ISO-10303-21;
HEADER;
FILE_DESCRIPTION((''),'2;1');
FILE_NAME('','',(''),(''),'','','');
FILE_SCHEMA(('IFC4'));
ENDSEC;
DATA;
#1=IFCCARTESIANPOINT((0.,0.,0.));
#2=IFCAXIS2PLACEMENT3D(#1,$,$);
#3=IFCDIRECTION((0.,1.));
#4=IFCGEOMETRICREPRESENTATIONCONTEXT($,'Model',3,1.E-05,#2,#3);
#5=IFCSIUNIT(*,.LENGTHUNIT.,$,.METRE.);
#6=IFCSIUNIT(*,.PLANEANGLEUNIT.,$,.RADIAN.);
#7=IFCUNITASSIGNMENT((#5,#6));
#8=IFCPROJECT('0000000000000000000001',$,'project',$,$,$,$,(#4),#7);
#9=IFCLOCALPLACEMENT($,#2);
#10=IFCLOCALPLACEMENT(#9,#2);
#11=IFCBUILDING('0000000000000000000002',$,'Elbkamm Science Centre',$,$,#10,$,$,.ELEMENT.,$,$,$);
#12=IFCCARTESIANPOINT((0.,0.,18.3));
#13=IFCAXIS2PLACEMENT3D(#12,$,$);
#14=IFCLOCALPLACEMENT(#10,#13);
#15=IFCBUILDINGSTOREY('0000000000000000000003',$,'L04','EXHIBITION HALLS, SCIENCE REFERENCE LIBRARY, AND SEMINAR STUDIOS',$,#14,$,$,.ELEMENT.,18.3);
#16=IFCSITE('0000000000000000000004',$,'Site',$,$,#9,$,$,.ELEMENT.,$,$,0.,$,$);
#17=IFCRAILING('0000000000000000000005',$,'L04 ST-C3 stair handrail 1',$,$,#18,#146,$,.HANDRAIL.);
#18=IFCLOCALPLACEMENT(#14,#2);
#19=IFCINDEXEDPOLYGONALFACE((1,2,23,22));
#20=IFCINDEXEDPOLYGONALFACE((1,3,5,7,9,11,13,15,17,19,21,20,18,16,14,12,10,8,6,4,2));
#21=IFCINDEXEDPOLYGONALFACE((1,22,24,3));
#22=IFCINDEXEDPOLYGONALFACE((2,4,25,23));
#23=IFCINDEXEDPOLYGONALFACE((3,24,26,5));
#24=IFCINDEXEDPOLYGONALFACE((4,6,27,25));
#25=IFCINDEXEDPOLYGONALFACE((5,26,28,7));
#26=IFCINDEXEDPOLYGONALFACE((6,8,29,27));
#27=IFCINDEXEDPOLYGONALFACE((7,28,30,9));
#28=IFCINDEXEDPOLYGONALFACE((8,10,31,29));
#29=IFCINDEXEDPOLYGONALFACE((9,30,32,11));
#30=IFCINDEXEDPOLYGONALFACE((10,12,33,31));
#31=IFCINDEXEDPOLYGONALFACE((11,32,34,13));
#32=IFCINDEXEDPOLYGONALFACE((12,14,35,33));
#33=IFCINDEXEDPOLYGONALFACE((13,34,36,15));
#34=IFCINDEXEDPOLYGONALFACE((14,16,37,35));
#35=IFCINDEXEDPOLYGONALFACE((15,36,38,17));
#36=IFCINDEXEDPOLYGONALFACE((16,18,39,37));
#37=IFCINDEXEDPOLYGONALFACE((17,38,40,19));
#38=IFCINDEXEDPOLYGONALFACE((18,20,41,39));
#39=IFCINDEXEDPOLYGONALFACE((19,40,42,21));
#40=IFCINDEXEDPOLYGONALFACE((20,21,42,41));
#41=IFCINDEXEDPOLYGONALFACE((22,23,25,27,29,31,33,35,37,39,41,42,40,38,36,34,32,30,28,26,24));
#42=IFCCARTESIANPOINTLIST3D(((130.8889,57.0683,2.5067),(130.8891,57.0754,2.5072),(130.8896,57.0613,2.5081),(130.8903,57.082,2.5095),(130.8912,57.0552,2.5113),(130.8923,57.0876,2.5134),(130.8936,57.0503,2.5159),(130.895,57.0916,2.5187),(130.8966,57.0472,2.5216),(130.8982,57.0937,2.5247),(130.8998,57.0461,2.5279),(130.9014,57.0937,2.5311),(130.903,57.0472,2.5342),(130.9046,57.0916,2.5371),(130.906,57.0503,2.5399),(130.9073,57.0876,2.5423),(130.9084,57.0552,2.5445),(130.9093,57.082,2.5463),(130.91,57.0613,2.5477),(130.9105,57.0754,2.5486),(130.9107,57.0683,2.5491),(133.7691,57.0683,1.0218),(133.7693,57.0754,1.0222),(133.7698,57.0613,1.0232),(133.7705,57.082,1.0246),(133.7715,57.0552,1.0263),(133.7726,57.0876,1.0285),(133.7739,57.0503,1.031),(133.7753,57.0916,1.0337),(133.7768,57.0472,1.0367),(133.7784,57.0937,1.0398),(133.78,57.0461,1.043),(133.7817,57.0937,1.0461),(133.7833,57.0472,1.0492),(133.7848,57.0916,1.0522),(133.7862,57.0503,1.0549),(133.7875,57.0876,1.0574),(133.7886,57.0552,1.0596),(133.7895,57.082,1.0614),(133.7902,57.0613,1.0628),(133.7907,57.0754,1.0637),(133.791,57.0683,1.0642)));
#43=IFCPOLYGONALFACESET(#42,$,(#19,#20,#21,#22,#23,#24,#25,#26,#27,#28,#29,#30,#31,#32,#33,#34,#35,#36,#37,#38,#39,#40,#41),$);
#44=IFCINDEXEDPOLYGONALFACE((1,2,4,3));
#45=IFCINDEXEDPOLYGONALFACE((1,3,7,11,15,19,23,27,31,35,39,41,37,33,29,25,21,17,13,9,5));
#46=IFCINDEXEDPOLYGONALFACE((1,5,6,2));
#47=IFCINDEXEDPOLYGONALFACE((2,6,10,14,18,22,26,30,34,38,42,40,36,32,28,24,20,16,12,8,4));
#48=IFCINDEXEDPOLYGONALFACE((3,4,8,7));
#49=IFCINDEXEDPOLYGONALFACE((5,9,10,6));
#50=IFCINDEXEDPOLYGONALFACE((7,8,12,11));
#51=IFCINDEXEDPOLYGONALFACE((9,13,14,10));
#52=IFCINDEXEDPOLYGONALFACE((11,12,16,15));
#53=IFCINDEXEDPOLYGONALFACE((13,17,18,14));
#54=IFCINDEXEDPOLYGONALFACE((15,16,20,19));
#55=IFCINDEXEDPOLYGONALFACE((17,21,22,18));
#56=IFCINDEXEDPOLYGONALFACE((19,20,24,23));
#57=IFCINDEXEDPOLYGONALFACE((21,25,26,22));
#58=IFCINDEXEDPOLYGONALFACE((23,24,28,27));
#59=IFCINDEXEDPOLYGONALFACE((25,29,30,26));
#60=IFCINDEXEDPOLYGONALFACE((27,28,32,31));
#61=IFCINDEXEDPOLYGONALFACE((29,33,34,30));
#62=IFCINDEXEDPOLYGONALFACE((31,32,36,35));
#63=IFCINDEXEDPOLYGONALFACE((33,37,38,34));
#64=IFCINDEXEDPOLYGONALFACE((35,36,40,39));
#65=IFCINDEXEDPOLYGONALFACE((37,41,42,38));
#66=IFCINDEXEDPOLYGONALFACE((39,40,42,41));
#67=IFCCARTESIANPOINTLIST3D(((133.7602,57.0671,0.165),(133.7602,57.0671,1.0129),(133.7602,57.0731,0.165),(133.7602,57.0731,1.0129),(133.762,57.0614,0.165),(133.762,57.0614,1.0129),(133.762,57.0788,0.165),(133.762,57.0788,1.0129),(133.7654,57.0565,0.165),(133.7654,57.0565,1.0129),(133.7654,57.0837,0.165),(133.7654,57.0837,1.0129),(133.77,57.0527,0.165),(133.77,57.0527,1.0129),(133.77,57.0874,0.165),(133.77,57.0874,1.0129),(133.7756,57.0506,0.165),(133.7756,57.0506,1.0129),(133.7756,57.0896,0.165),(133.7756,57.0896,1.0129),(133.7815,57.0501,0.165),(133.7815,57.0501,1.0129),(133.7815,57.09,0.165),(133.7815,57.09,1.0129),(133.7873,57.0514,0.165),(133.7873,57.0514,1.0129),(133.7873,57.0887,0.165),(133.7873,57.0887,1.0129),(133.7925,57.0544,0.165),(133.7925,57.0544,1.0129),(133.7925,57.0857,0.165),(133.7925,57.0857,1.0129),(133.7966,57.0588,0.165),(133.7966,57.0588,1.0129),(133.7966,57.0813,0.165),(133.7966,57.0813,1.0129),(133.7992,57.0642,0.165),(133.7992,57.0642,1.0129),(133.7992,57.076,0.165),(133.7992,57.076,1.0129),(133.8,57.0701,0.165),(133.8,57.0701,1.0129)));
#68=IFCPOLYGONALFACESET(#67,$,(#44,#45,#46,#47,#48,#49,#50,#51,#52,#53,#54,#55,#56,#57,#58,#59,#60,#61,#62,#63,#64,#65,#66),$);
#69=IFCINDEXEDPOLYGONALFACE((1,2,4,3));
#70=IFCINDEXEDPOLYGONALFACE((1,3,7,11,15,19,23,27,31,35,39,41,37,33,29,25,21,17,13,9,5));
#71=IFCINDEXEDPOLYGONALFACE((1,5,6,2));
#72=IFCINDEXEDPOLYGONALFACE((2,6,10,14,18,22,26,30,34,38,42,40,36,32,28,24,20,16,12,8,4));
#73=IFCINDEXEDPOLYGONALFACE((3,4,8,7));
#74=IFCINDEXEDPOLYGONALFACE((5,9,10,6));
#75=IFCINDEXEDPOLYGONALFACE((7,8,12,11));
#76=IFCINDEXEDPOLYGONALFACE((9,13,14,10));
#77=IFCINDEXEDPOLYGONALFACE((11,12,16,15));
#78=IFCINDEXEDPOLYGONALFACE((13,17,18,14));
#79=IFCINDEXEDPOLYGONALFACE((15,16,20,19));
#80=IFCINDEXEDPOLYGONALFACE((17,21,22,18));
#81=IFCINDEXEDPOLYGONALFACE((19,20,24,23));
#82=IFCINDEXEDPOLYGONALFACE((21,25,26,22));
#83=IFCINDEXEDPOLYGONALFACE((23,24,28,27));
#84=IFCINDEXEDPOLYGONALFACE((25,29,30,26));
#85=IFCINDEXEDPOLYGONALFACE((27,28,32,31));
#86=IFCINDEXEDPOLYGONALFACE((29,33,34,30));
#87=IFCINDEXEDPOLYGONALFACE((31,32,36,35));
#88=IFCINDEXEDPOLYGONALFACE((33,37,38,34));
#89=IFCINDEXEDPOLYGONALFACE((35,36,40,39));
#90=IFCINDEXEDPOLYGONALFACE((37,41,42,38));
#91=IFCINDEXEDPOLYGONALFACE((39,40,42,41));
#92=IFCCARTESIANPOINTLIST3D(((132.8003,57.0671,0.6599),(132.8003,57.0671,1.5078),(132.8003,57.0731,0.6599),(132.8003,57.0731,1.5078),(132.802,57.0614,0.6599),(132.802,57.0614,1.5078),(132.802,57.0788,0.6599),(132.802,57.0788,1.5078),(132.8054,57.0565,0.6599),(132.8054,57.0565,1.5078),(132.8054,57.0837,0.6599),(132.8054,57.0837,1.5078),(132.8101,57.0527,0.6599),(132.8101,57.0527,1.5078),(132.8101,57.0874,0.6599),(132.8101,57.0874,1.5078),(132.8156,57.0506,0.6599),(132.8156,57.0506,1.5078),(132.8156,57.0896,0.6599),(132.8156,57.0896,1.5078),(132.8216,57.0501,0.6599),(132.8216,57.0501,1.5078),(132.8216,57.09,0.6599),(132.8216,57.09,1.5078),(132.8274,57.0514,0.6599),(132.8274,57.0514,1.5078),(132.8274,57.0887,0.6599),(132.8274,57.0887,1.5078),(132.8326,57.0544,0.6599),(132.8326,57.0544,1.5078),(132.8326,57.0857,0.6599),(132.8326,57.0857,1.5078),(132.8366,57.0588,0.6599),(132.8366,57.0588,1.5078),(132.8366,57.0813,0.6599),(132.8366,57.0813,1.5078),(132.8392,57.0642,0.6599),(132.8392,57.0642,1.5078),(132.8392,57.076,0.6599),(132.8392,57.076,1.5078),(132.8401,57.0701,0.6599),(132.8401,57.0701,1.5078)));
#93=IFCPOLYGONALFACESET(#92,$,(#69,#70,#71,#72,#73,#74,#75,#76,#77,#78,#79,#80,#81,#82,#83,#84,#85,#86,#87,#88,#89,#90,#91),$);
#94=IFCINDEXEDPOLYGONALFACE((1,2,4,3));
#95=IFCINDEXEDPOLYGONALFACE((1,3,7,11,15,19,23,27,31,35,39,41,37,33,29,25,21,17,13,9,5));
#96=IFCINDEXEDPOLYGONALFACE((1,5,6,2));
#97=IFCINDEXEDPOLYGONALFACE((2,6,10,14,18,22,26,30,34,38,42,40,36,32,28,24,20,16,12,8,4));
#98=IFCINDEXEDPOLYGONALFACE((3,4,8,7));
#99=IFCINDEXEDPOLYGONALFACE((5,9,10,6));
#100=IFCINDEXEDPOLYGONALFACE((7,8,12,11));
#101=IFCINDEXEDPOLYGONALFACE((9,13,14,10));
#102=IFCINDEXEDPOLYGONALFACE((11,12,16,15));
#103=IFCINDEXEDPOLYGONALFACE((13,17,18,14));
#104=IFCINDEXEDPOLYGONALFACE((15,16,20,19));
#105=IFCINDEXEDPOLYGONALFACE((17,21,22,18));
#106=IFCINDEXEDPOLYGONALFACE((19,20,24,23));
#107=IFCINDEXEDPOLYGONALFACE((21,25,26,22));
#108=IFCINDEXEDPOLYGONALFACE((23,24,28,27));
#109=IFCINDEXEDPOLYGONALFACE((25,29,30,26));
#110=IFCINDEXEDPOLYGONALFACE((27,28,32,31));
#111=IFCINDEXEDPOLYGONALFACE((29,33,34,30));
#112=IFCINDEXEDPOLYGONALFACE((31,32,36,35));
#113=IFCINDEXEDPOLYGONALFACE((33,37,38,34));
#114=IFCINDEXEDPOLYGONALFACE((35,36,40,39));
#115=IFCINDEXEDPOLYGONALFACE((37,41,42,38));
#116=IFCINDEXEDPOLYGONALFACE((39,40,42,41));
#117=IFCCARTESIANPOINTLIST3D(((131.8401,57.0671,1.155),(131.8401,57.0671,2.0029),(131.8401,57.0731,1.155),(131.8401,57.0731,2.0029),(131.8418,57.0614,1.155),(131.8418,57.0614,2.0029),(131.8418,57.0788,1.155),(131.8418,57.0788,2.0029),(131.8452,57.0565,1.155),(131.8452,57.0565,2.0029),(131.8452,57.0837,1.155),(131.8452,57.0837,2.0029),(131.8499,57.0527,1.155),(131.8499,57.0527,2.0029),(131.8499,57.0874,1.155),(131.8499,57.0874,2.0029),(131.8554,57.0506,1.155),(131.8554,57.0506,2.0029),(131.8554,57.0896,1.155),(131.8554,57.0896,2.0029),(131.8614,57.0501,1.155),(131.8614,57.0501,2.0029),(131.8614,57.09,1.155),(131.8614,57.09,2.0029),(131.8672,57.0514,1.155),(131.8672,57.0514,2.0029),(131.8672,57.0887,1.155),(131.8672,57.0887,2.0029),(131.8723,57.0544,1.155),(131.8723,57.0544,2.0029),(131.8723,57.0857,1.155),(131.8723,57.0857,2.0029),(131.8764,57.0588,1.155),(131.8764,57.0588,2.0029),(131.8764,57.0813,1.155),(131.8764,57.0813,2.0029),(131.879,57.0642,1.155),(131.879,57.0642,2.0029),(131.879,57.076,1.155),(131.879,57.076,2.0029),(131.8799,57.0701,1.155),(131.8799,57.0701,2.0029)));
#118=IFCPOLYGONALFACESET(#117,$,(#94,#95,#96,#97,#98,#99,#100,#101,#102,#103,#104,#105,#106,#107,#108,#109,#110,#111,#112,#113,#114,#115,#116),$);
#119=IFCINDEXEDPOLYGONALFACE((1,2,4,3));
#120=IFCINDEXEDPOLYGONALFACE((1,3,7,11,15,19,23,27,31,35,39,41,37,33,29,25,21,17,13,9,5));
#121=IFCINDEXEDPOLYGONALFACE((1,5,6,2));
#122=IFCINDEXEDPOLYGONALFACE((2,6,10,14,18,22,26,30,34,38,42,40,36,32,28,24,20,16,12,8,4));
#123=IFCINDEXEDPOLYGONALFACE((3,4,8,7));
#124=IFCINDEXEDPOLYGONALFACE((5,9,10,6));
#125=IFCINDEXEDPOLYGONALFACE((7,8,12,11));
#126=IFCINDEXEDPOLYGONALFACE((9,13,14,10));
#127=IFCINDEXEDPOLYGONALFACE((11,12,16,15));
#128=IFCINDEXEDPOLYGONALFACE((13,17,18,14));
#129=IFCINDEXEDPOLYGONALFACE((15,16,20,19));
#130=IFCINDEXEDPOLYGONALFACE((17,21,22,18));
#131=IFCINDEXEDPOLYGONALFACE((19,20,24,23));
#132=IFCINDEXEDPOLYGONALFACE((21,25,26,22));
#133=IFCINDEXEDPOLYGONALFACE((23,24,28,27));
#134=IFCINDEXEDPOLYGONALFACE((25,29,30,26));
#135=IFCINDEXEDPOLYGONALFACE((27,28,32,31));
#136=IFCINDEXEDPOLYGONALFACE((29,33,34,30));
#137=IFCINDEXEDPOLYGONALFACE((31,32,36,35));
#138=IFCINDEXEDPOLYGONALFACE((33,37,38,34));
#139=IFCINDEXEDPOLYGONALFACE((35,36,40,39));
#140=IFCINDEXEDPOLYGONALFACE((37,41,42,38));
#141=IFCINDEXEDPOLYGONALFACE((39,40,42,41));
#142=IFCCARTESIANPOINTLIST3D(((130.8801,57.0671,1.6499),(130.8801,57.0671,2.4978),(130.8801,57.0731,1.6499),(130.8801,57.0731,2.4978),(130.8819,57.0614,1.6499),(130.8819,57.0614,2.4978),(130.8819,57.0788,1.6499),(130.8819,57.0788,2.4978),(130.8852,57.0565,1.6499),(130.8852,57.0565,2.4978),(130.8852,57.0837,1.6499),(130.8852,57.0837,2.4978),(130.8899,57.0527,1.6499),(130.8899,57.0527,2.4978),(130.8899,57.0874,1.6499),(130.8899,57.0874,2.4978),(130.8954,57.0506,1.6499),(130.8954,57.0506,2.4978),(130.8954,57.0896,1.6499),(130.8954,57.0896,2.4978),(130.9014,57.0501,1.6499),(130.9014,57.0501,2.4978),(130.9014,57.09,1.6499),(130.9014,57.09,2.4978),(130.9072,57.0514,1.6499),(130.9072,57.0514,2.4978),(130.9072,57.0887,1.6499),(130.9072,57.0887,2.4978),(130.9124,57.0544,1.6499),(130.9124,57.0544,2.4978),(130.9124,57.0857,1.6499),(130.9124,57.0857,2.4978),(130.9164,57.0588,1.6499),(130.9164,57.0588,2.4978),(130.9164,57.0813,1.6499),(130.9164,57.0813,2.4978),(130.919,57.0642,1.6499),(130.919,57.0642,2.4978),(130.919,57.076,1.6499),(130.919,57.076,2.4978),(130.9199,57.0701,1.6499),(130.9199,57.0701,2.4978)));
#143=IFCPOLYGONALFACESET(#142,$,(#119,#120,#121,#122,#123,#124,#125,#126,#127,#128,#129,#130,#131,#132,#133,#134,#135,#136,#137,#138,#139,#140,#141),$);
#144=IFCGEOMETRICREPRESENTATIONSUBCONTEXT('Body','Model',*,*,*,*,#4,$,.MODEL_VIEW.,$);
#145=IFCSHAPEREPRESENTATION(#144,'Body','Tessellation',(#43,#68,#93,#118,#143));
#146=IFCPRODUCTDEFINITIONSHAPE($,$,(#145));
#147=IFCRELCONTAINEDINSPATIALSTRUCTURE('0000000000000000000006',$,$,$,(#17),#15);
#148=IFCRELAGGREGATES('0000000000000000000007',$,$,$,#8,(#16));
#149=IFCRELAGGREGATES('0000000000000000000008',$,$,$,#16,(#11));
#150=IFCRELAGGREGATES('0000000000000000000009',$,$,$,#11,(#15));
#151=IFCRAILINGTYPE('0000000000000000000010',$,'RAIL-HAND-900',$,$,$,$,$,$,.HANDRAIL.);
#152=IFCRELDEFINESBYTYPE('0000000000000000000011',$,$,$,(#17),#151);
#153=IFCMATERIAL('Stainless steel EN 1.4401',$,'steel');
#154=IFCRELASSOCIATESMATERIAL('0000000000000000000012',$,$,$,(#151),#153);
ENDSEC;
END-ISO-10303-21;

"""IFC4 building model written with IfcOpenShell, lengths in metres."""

from ifc_helpers import new_model, si_unit, direction, frame, origin, origin_2d, place, context, subcontext, project, spatial, circle, extrude, material, type_object, element, save


model = new_model("IFC4")

# Units and contexts
model_context = context("Model", 3, precision=1e-05, world=origin(), true_north=direction((0.0, 1.0)))
body_context = subcontext(model_context, "Body", "Model", "MODEL_VIEW")
ifc_project = project(units=[si_unit("LENGTHUNIT", "METRE"), si_unit("PLANEANGLEUNIT", "RADIAN")], contexts=[model_context])

# Site, building, storey
site_placement = place(None, origin())
site = spatial("IfcSite", under=ifc_project, at=site_placement, Name="Site", CompositionType="ELEMENT", RefElevation=0.0)
building_placement = place(site_placement, origin())
building = spatial("IfcBuilding", under=site, at=building_placement, Name="Elbkamm Science Centre", CompositionType="ELEMENT")
storey_placement = place(building_placement, frame((0.0, 0.0, 18.3)))
storey = spatial("IfcBuildingStorey", under=building, at=storey_placement, Name="L04", Description="EXHIBITION HALLS, SCIENCE REFERENCE LIBRARY, AND SEMINAR STUDIOS", CompositionType="ELEMENT", Elevation=18.3)

# Railing
ifc_material_1 = material(Name="Stainless steel EN 1.4401", Category="steel")
railing_type_1 = type_object("IfcRailingType", Name="RAIL-HAND-900", PredefinedType="HANDRAIL", material=ifc_material_1)
railing_1_placement = place(storey_placement, frame((133.78, 57.0701, 0.165)))
element("IfcRailing", 1, at=railing_1_placement, inside=storey, type_object=railing_type_1, Name="L04 ST-C3 stair handrail 1", PredefinedType="HANDRAIL", context=body_context, shape_type="SweptSolid", body=[
    extrude(circle(Radius=0.0239, at=origin_2d()), frame((0.0, 0.0, 0.8779), z_axis=(-0.888829, 0.0, 0.45824), x_axis=(0.0, -1.0, 0.0)), (0.0, 0.0, 1.0), 3.2405),
    extrude(circle(Radius=0.02, at=origin_2d()), origin(), (0.0, 0.0, 1.0), 0.8479),
    extrude(circle(Radius=0.02, at=origin_2d()), frame((-0.96, 0.0, 0.4949)), (0.0, 0.0, 1.0), 0.8479),
    extrude(circle(Radius=0.02, at=origin_2d()), frame((-1.9202, 0.0, 0.99)), (0.0, 0.0, 1.0), 0.8479),
    extrude(circle(Radius=0.02, at=origin_2d()), frame((-2.8801, 0.0, 1.4849)), (0.0, 0.0, 1.0), 0.8479),
])

save(model, "model.ifc")
